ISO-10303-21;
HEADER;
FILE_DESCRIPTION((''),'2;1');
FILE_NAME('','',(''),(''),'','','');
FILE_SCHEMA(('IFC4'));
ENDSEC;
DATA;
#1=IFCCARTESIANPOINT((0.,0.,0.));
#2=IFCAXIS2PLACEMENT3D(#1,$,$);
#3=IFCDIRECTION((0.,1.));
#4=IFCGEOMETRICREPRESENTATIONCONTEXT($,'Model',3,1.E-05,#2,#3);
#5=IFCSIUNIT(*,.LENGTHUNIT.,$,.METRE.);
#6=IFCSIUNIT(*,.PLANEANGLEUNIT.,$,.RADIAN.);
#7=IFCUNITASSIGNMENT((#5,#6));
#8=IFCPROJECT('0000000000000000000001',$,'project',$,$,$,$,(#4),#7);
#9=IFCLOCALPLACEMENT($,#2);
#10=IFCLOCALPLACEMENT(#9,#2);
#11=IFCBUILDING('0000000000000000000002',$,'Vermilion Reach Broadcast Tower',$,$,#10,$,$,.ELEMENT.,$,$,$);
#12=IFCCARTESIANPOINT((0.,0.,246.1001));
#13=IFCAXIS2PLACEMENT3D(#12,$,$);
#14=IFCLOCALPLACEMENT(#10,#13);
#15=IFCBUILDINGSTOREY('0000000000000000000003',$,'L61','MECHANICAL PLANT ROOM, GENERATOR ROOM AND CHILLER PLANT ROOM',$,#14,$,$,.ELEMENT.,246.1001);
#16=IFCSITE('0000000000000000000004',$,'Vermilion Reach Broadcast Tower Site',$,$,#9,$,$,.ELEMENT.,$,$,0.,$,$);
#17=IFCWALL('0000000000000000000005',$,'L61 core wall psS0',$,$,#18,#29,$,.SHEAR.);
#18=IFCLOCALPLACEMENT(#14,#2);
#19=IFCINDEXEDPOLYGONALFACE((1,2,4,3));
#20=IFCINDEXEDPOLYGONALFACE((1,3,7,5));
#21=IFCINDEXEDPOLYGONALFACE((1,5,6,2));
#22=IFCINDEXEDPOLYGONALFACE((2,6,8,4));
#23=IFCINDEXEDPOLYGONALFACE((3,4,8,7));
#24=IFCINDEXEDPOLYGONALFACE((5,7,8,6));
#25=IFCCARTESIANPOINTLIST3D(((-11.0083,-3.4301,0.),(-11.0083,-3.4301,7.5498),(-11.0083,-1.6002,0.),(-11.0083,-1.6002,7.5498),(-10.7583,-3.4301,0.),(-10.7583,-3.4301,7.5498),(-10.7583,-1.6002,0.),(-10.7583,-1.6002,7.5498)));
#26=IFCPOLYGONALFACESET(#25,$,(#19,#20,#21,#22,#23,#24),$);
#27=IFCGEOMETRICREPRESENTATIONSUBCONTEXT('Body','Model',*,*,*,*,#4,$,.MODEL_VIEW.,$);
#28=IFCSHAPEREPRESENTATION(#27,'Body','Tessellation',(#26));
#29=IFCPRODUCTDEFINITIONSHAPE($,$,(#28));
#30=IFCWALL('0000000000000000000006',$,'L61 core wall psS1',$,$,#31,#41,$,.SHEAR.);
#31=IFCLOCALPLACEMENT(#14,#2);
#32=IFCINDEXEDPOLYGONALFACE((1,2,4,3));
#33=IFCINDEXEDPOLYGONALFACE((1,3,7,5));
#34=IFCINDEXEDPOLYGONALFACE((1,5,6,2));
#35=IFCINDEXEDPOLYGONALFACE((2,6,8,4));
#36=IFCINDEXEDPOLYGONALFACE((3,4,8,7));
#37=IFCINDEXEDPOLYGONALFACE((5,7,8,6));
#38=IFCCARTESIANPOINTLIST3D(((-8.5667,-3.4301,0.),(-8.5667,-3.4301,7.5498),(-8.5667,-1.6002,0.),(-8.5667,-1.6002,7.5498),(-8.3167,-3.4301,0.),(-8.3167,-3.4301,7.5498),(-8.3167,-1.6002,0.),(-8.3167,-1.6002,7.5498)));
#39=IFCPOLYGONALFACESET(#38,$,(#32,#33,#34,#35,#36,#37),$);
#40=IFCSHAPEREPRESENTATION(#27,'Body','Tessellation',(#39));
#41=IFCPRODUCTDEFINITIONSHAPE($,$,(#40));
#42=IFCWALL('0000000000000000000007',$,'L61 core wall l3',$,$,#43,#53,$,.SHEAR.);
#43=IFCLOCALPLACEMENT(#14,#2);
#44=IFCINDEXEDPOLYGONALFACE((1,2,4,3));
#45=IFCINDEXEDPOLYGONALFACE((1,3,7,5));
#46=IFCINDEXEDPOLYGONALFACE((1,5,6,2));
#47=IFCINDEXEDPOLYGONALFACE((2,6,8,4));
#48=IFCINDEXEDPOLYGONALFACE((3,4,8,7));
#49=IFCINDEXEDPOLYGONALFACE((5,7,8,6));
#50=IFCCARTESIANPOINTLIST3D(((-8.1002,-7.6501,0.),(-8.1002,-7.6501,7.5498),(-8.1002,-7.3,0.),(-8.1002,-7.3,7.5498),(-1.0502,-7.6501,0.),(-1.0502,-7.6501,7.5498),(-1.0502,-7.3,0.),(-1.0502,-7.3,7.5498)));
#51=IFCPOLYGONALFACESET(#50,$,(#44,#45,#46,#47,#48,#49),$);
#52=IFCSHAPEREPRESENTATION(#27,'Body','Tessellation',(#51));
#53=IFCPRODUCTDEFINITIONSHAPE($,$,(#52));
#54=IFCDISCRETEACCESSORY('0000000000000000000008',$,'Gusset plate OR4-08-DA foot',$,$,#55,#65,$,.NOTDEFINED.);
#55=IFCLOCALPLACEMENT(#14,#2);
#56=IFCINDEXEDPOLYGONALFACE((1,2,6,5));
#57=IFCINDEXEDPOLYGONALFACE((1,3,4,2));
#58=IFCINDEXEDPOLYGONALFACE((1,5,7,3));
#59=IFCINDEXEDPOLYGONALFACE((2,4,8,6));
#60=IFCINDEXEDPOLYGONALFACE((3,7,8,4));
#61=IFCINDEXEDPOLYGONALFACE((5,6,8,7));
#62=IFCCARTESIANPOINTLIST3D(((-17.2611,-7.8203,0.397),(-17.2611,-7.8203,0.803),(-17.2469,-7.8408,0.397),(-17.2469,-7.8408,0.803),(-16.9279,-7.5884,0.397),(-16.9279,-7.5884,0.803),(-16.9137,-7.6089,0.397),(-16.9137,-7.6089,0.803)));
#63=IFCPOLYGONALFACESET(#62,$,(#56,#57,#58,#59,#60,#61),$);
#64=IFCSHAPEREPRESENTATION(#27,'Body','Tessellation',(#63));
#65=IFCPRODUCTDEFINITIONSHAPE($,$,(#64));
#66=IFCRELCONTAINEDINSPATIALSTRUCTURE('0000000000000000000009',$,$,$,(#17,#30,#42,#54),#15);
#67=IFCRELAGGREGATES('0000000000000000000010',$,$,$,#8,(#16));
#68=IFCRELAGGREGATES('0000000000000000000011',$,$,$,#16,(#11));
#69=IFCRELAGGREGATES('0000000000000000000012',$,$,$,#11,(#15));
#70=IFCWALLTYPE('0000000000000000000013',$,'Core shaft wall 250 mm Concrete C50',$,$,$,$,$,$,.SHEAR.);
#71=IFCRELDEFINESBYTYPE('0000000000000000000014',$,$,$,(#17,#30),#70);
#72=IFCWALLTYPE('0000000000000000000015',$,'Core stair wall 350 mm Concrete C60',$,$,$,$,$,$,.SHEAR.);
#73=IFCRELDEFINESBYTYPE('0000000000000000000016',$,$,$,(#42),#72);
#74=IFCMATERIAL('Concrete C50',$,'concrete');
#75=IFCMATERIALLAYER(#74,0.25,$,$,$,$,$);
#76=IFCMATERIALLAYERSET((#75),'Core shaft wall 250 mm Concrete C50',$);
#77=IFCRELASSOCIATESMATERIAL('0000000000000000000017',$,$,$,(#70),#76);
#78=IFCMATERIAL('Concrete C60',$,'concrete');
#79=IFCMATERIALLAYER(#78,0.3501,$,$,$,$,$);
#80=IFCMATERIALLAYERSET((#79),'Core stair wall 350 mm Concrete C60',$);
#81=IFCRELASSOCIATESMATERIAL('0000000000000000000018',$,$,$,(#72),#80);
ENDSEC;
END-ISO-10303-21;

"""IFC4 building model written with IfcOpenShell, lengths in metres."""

from ifc_helpers import new_model, si_unit, direction, frame, frame_2d, origin, origin_2d, place, context, subcontext, project, spatial, rectangle, extrude, material, layer, layer_set, type_object, element, save


model = new_model("IFC4")

# Units and contexts
model_context = context("Model", 3, precision=1e-05, world=origin(), true_north=direction((0.0, 1.0)))
body_context = subcontext(model_context, "Body", "Model", "MODEL_VIEW")
ifc_project = project(units=[si_unit("LENGTHUNIT", "METRE"), si_unit("PLANEANGLEUNIT", "RADIAN")], contexts=[model_context])

# Site, building, storey
site_placement = place(None, origin())
site = spatial("IfcSite", under=ifc_project, at=site_placement, Name="Vermilion Reach Broadcast Tower Site", CompositionType="ELEMENT", RefElevation=0.0)
building_placement = place(site_placement, origin())
building = spatial("IfcBuilding", under=site, at=building_placement, Name="Vermilion Reach Broadcast Tower", CompositionType="ELEMENT")
storey_placement = place(building_placement, frame((0.0, 0.0, 246.1001)))
storey = spatial("IfcBuildingStorey", under=building, at=storey_placement, Name="L61", Description="MECHANICAL PLANT ROOM, GENERATOR ROOM AND CHILLER PLANT ROOM", CompositionType="ELEMENT", Elevation=246.1001)

# Walls
ifc_material_1 = material(Name="Concrete C50", Category="concrete")
ifc_layer_1 = layer(ifc_material_1, 0.25)
ifc_layer_set_1 = layer_set([ifc_layer_1], Name="Core shaft wall 250 mm Concrete C50")
wall_type_1 = type_object("IfcWallType", Name="Core shaft wall 250 mm Concrete C50", PredefinedType="SHEAR", material=ifc_layer_set_1)
for number, where, z_axis, x_axis, name in (
    (1, (-10.8833, -1.6001, 0.0), (0.0, 0.0, 1.0), (0.0, -1.0, 0.0), "L61 core wall psS0"),
    (2, (-8.4417, -1.6001, 0.0), (0.0, 0.0, 1.0), (0.0, -1.0, 0.0), "L61 core wall psS1"),
):
    element("IfcWall", number, at=place(storey_placement, frame(where, z_axis=z_axis, x_axis=x_axis)), inside=storey, type_object=wall_type_1, Name=name, PredefinedType="SHEAR", context=body_context, shape_type="SweptSolid", body=[
        extrude(rectangle(XDim=1.8298, YDim=0.25, at=frame_2d((0.915, 0.0))), origin(), (0.0, 0.0, 1.0), 7.5498),
    ])
ifc_material_2 = material(Name="Concrete C60", Category="concrete")
ifc_layer_2 = layer(ifc_material_2, 0.3501)
ifc_layer_set_2 = layer_set([ifc_layer_2], Name="Core stair wall 350 mm Concrete C60")
wall_type_2 = type_object("IfcWallType", Name="Core stair wall 350 mm Concrete C60", PredefinedType="SHEAR", material=ifc_layer_set_2)
wall_1_placement = place(storey_placement, frame((-8.1001, -7.4751, 0.0), z_axis=(0.0, 0.0, 1.0), x_axis=(1.0, 0.0, 0.0)))
element("IfcWall", 3, at=wall_1_placement, inside=storey, type_object=wall_type_2, Name="L61 core wall l3", PredefinedType="SHEAR", context=body_context, shape_type="SweptSolid", body=[
    extrude(rectangle(XDim=7.05, YDim=0.3501, at=frame_2d((3.5249, 0.0))), origin(), (0.0, 0.0, 1.0), 7.5498),
])

# Discrete accessory
discrete_accessory_placement = place(storey_placement, frame((-17.0874, -7.7146, 0.397), z_axis=(0.0, 0.0, 1.0), x_axis=(0.571143, -0.82085, 0.0)))
element("IfcDiscreteAccessory", 4, at=discrete_accessory_placement, inside=storey, Name="Gusset plate OR4-08-DA foot", PredefinedType="NOTDEFINED", context=body_context, shape_type="SweptSolid", body=[
    extrude(rectangle(XDim=0.0249, YDim=0.406, at=origin_2d()), origin(), (0.0, 0.0, 1.0), 0.406),
])

save(model, "model.ifc")
